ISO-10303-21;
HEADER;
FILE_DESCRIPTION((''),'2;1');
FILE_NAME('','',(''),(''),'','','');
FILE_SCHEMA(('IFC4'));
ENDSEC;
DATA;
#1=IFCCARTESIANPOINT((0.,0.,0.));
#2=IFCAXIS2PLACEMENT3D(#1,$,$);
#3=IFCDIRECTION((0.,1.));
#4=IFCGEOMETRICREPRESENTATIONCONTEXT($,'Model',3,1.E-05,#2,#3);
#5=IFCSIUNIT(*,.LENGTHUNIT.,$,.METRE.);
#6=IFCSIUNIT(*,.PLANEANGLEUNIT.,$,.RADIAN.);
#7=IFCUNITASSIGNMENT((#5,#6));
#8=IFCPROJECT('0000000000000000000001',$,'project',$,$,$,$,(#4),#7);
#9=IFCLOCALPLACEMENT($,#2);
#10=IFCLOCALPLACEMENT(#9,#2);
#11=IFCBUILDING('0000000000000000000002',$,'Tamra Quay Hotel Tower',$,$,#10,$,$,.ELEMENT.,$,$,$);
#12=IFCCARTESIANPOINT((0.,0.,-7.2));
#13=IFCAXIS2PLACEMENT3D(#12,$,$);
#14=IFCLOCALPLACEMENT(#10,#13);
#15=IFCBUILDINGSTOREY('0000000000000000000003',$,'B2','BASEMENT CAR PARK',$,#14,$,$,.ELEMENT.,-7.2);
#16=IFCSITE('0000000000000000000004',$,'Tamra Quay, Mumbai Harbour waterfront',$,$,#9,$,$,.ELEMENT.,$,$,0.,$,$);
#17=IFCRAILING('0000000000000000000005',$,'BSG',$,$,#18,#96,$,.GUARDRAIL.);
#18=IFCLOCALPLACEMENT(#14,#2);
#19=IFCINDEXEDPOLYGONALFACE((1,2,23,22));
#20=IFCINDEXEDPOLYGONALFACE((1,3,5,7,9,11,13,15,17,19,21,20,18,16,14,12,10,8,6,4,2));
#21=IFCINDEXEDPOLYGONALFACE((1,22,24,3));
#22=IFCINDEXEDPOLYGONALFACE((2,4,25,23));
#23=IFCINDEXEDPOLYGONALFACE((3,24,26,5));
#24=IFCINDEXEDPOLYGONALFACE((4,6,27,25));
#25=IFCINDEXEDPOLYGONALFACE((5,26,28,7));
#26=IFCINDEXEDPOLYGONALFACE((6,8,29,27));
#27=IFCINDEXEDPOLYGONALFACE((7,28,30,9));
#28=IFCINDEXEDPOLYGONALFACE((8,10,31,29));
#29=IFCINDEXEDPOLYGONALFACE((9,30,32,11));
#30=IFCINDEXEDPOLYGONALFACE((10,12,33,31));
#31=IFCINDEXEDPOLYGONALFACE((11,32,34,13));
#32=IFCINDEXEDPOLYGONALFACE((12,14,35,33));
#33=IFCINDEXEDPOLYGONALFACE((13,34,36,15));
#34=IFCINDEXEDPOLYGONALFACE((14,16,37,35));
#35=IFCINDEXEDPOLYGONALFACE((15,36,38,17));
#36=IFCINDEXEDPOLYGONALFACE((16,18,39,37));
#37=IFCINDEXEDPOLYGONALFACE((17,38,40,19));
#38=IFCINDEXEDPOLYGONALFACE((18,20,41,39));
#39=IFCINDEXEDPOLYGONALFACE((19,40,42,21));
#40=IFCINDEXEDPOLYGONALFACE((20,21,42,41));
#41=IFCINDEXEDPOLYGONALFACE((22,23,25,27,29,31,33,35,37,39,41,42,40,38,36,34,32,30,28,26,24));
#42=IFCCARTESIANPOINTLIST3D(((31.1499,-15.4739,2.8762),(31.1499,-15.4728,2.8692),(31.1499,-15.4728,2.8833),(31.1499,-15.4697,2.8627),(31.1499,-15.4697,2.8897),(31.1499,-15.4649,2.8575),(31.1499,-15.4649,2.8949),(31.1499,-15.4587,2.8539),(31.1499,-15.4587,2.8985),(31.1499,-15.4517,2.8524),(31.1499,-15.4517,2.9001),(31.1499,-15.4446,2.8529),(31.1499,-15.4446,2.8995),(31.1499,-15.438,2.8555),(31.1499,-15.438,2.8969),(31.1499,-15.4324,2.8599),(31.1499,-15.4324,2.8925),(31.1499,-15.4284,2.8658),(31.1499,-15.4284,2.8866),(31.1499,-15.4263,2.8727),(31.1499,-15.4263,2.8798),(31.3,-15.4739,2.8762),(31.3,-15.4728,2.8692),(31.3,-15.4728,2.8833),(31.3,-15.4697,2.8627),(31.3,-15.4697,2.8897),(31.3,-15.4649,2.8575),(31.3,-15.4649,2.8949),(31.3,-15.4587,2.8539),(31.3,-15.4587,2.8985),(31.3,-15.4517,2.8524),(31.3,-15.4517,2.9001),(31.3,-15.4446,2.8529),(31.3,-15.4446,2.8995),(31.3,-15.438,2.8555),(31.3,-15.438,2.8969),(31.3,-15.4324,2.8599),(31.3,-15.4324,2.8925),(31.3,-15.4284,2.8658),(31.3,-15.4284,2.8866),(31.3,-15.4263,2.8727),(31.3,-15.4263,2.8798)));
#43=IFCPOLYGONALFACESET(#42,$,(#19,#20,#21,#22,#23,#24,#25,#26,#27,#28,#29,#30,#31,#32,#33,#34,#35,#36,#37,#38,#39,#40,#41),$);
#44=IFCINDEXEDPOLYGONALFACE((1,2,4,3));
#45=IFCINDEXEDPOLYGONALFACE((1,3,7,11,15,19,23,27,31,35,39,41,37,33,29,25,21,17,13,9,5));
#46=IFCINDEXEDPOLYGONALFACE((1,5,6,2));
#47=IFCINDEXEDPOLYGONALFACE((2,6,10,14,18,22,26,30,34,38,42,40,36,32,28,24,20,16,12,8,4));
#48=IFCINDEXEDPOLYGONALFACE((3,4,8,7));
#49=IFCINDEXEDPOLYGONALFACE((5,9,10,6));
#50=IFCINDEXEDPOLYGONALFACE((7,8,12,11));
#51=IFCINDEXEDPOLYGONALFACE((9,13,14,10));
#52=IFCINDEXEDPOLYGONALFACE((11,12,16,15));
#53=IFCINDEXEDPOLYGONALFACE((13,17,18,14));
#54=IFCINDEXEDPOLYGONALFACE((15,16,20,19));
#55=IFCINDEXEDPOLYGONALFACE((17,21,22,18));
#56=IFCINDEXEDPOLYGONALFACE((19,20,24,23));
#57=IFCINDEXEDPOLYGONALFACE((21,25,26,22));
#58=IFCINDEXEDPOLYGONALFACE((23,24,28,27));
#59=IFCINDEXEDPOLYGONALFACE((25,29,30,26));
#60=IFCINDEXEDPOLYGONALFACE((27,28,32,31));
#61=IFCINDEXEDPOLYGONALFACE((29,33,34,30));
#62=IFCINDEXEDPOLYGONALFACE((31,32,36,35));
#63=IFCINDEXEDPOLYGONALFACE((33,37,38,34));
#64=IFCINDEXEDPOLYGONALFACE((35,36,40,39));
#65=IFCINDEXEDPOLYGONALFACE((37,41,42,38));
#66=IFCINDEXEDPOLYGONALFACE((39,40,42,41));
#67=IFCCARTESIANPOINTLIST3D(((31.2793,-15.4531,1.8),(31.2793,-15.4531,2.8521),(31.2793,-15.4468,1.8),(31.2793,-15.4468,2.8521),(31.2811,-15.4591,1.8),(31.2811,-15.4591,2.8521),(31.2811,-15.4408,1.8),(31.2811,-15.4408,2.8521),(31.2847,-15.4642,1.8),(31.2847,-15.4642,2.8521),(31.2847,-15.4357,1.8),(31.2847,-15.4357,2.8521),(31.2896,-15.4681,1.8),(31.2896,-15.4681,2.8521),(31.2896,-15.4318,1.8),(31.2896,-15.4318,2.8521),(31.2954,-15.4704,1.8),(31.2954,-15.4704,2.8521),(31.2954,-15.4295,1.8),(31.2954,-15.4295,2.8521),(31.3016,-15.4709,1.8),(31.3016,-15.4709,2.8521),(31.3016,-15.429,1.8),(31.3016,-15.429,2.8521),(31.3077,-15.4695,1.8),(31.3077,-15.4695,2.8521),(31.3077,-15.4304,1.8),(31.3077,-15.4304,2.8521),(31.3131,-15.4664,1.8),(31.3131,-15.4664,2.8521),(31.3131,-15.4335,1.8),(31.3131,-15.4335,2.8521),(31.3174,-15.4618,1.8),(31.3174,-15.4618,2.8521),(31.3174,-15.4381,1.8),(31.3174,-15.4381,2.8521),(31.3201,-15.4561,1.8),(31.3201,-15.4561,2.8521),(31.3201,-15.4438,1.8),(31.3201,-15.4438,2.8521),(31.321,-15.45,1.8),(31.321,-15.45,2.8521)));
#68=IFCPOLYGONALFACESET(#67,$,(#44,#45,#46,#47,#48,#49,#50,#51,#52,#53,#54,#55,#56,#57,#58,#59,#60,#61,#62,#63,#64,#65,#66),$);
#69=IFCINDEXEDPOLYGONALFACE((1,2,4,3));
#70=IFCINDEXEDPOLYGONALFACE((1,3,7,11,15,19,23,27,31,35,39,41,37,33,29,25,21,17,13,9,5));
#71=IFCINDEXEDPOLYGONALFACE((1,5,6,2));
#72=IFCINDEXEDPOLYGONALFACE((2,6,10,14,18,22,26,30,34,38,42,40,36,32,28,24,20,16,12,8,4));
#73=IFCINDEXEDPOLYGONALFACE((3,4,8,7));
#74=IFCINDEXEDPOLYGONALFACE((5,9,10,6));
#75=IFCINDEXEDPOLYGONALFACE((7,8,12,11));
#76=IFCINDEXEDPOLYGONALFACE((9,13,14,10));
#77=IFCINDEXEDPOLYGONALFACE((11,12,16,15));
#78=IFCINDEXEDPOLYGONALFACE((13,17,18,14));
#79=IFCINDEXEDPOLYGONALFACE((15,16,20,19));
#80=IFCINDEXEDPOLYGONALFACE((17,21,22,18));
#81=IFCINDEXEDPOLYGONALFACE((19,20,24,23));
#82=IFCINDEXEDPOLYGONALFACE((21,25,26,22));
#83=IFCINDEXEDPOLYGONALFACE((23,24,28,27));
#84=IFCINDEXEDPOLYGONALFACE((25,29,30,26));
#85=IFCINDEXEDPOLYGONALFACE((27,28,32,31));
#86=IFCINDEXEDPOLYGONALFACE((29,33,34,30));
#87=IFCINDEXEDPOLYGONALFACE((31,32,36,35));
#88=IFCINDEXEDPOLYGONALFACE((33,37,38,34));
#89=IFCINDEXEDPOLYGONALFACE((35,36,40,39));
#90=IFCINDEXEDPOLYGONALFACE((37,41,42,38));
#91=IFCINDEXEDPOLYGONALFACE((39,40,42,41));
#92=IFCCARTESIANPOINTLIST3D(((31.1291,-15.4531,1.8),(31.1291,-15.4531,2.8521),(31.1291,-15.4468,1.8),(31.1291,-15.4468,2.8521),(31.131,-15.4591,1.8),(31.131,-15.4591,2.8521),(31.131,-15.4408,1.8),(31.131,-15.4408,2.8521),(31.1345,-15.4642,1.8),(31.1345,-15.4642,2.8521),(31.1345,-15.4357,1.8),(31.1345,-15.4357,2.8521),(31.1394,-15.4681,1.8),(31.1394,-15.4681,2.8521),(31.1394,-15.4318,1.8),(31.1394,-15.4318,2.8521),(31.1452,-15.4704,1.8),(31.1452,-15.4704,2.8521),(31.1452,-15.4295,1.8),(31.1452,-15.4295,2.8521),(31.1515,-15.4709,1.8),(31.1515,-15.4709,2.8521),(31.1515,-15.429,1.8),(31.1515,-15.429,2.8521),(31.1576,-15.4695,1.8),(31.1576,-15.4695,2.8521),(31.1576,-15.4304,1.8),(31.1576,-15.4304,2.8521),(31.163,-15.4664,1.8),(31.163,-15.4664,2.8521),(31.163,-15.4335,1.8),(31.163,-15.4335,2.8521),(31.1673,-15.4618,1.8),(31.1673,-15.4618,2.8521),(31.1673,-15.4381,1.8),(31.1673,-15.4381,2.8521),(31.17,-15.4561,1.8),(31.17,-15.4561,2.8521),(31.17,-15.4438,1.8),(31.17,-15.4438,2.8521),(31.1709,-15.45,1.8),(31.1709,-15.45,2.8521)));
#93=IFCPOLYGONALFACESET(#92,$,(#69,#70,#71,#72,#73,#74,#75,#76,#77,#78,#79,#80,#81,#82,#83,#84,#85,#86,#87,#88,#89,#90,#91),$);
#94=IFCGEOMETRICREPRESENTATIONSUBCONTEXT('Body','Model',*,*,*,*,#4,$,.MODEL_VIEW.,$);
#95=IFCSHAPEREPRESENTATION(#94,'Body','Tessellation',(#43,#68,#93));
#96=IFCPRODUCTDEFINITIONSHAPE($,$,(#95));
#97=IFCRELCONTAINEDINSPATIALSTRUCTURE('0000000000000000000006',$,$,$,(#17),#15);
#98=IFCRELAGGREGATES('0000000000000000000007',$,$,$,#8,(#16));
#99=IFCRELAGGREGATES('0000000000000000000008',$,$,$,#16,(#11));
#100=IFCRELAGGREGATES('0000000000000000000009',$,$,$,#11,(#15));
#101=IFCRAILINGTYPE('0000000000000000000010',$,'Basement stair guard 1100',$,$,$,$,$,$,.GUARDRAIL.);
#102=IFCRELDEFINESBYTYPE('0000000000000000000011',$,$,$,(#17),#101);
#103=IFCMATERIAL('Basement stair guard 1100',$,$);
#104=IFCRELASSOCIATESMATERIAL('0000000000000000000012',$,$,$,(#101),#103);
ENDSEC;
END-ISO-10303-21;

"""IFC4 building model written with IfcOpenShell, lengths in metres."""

from ifc_helpers import new_model, si_unit, direction, frame, origin, origin_2d, place, context, subcontext, project, spatial, circle, extrude, material, type_object, element, save


model = new_model("IFC4")

# Units and contexts
model_context = context("Model", 3, precision=1e-05, world=origin(), true_north=direction((0.0, 1.0)))
body_context = subcontext(model_context, "Body", "Model", "MODEL_VIEW")
ifc_project = project(units=[si_unit("LENGTHUNIT", "METRE"), si_unit("PLANEANGLEUNIT", "RADIAN")], contexts=[model_context])

# Site, building, storey
site_placement = place(None, origin())
site = spatial("IfcSite", under=ifc_project, at=site_placement, Name="Tamra Quay, Mumbai Harbour waterfront", CompositionType="ELEMENT", RefElevation=0.0)
building_placement = place(site_placement, origin())
building = spatial("IfcBuilding", under=site, at=building_placement, Name="Tamra Quay Hotel Tower", CompositionType="ELEMENT")
storey_placement = place(building_placement, frame((0.0, 0.0, -7.2)))
storey = spatial("IfcBuildingStorey", under=building, at=storey_placement, Name="B2", Description="BASEMENT CAR PARK", CompositionType="ELEMENT", Elevation=-7.2)

# Railing
ifc_material_1 = material(Name="Basement stair guard 1100")
railing_type_1 = type_object("IfcRailingType", Name="Basement stair guard 1100", PredefinedType="GUARDRAIL", material=ifc_material_1)
railing_1_placement = place(storey_placement, frame((31.3, -15.45, 1.8)))
element("IfcRailing", 1, at=railing_1_placement, inside=storey, type_object=railing_type_1, Name="BSG", PredefinedType="GUARDRAIL", context=body_context, shape_type="SweptSolid", body=[
    extrude(circle(Radius=0.0239, at=origin_2d()), frame((0.0, 0.0, 1.0762), z_axis=(-1.0, 0.0, 0.0), x_axis=(0.0, -1.0, 0.0)), (0.0, 0.0, 1.0), 0.1501),
    extrude(circle(Radius=0.021, at=origin_2d()), origin(), (0.0, 0.0, 1.0), 1.052),
    extrude(circle(Radius=0.021, at=origin_2d()), frame((-0.1501, 0.0, 0.0)), (0.0, 0.0, 1.0), 1.052),
])

save(model, "model.ifc")
